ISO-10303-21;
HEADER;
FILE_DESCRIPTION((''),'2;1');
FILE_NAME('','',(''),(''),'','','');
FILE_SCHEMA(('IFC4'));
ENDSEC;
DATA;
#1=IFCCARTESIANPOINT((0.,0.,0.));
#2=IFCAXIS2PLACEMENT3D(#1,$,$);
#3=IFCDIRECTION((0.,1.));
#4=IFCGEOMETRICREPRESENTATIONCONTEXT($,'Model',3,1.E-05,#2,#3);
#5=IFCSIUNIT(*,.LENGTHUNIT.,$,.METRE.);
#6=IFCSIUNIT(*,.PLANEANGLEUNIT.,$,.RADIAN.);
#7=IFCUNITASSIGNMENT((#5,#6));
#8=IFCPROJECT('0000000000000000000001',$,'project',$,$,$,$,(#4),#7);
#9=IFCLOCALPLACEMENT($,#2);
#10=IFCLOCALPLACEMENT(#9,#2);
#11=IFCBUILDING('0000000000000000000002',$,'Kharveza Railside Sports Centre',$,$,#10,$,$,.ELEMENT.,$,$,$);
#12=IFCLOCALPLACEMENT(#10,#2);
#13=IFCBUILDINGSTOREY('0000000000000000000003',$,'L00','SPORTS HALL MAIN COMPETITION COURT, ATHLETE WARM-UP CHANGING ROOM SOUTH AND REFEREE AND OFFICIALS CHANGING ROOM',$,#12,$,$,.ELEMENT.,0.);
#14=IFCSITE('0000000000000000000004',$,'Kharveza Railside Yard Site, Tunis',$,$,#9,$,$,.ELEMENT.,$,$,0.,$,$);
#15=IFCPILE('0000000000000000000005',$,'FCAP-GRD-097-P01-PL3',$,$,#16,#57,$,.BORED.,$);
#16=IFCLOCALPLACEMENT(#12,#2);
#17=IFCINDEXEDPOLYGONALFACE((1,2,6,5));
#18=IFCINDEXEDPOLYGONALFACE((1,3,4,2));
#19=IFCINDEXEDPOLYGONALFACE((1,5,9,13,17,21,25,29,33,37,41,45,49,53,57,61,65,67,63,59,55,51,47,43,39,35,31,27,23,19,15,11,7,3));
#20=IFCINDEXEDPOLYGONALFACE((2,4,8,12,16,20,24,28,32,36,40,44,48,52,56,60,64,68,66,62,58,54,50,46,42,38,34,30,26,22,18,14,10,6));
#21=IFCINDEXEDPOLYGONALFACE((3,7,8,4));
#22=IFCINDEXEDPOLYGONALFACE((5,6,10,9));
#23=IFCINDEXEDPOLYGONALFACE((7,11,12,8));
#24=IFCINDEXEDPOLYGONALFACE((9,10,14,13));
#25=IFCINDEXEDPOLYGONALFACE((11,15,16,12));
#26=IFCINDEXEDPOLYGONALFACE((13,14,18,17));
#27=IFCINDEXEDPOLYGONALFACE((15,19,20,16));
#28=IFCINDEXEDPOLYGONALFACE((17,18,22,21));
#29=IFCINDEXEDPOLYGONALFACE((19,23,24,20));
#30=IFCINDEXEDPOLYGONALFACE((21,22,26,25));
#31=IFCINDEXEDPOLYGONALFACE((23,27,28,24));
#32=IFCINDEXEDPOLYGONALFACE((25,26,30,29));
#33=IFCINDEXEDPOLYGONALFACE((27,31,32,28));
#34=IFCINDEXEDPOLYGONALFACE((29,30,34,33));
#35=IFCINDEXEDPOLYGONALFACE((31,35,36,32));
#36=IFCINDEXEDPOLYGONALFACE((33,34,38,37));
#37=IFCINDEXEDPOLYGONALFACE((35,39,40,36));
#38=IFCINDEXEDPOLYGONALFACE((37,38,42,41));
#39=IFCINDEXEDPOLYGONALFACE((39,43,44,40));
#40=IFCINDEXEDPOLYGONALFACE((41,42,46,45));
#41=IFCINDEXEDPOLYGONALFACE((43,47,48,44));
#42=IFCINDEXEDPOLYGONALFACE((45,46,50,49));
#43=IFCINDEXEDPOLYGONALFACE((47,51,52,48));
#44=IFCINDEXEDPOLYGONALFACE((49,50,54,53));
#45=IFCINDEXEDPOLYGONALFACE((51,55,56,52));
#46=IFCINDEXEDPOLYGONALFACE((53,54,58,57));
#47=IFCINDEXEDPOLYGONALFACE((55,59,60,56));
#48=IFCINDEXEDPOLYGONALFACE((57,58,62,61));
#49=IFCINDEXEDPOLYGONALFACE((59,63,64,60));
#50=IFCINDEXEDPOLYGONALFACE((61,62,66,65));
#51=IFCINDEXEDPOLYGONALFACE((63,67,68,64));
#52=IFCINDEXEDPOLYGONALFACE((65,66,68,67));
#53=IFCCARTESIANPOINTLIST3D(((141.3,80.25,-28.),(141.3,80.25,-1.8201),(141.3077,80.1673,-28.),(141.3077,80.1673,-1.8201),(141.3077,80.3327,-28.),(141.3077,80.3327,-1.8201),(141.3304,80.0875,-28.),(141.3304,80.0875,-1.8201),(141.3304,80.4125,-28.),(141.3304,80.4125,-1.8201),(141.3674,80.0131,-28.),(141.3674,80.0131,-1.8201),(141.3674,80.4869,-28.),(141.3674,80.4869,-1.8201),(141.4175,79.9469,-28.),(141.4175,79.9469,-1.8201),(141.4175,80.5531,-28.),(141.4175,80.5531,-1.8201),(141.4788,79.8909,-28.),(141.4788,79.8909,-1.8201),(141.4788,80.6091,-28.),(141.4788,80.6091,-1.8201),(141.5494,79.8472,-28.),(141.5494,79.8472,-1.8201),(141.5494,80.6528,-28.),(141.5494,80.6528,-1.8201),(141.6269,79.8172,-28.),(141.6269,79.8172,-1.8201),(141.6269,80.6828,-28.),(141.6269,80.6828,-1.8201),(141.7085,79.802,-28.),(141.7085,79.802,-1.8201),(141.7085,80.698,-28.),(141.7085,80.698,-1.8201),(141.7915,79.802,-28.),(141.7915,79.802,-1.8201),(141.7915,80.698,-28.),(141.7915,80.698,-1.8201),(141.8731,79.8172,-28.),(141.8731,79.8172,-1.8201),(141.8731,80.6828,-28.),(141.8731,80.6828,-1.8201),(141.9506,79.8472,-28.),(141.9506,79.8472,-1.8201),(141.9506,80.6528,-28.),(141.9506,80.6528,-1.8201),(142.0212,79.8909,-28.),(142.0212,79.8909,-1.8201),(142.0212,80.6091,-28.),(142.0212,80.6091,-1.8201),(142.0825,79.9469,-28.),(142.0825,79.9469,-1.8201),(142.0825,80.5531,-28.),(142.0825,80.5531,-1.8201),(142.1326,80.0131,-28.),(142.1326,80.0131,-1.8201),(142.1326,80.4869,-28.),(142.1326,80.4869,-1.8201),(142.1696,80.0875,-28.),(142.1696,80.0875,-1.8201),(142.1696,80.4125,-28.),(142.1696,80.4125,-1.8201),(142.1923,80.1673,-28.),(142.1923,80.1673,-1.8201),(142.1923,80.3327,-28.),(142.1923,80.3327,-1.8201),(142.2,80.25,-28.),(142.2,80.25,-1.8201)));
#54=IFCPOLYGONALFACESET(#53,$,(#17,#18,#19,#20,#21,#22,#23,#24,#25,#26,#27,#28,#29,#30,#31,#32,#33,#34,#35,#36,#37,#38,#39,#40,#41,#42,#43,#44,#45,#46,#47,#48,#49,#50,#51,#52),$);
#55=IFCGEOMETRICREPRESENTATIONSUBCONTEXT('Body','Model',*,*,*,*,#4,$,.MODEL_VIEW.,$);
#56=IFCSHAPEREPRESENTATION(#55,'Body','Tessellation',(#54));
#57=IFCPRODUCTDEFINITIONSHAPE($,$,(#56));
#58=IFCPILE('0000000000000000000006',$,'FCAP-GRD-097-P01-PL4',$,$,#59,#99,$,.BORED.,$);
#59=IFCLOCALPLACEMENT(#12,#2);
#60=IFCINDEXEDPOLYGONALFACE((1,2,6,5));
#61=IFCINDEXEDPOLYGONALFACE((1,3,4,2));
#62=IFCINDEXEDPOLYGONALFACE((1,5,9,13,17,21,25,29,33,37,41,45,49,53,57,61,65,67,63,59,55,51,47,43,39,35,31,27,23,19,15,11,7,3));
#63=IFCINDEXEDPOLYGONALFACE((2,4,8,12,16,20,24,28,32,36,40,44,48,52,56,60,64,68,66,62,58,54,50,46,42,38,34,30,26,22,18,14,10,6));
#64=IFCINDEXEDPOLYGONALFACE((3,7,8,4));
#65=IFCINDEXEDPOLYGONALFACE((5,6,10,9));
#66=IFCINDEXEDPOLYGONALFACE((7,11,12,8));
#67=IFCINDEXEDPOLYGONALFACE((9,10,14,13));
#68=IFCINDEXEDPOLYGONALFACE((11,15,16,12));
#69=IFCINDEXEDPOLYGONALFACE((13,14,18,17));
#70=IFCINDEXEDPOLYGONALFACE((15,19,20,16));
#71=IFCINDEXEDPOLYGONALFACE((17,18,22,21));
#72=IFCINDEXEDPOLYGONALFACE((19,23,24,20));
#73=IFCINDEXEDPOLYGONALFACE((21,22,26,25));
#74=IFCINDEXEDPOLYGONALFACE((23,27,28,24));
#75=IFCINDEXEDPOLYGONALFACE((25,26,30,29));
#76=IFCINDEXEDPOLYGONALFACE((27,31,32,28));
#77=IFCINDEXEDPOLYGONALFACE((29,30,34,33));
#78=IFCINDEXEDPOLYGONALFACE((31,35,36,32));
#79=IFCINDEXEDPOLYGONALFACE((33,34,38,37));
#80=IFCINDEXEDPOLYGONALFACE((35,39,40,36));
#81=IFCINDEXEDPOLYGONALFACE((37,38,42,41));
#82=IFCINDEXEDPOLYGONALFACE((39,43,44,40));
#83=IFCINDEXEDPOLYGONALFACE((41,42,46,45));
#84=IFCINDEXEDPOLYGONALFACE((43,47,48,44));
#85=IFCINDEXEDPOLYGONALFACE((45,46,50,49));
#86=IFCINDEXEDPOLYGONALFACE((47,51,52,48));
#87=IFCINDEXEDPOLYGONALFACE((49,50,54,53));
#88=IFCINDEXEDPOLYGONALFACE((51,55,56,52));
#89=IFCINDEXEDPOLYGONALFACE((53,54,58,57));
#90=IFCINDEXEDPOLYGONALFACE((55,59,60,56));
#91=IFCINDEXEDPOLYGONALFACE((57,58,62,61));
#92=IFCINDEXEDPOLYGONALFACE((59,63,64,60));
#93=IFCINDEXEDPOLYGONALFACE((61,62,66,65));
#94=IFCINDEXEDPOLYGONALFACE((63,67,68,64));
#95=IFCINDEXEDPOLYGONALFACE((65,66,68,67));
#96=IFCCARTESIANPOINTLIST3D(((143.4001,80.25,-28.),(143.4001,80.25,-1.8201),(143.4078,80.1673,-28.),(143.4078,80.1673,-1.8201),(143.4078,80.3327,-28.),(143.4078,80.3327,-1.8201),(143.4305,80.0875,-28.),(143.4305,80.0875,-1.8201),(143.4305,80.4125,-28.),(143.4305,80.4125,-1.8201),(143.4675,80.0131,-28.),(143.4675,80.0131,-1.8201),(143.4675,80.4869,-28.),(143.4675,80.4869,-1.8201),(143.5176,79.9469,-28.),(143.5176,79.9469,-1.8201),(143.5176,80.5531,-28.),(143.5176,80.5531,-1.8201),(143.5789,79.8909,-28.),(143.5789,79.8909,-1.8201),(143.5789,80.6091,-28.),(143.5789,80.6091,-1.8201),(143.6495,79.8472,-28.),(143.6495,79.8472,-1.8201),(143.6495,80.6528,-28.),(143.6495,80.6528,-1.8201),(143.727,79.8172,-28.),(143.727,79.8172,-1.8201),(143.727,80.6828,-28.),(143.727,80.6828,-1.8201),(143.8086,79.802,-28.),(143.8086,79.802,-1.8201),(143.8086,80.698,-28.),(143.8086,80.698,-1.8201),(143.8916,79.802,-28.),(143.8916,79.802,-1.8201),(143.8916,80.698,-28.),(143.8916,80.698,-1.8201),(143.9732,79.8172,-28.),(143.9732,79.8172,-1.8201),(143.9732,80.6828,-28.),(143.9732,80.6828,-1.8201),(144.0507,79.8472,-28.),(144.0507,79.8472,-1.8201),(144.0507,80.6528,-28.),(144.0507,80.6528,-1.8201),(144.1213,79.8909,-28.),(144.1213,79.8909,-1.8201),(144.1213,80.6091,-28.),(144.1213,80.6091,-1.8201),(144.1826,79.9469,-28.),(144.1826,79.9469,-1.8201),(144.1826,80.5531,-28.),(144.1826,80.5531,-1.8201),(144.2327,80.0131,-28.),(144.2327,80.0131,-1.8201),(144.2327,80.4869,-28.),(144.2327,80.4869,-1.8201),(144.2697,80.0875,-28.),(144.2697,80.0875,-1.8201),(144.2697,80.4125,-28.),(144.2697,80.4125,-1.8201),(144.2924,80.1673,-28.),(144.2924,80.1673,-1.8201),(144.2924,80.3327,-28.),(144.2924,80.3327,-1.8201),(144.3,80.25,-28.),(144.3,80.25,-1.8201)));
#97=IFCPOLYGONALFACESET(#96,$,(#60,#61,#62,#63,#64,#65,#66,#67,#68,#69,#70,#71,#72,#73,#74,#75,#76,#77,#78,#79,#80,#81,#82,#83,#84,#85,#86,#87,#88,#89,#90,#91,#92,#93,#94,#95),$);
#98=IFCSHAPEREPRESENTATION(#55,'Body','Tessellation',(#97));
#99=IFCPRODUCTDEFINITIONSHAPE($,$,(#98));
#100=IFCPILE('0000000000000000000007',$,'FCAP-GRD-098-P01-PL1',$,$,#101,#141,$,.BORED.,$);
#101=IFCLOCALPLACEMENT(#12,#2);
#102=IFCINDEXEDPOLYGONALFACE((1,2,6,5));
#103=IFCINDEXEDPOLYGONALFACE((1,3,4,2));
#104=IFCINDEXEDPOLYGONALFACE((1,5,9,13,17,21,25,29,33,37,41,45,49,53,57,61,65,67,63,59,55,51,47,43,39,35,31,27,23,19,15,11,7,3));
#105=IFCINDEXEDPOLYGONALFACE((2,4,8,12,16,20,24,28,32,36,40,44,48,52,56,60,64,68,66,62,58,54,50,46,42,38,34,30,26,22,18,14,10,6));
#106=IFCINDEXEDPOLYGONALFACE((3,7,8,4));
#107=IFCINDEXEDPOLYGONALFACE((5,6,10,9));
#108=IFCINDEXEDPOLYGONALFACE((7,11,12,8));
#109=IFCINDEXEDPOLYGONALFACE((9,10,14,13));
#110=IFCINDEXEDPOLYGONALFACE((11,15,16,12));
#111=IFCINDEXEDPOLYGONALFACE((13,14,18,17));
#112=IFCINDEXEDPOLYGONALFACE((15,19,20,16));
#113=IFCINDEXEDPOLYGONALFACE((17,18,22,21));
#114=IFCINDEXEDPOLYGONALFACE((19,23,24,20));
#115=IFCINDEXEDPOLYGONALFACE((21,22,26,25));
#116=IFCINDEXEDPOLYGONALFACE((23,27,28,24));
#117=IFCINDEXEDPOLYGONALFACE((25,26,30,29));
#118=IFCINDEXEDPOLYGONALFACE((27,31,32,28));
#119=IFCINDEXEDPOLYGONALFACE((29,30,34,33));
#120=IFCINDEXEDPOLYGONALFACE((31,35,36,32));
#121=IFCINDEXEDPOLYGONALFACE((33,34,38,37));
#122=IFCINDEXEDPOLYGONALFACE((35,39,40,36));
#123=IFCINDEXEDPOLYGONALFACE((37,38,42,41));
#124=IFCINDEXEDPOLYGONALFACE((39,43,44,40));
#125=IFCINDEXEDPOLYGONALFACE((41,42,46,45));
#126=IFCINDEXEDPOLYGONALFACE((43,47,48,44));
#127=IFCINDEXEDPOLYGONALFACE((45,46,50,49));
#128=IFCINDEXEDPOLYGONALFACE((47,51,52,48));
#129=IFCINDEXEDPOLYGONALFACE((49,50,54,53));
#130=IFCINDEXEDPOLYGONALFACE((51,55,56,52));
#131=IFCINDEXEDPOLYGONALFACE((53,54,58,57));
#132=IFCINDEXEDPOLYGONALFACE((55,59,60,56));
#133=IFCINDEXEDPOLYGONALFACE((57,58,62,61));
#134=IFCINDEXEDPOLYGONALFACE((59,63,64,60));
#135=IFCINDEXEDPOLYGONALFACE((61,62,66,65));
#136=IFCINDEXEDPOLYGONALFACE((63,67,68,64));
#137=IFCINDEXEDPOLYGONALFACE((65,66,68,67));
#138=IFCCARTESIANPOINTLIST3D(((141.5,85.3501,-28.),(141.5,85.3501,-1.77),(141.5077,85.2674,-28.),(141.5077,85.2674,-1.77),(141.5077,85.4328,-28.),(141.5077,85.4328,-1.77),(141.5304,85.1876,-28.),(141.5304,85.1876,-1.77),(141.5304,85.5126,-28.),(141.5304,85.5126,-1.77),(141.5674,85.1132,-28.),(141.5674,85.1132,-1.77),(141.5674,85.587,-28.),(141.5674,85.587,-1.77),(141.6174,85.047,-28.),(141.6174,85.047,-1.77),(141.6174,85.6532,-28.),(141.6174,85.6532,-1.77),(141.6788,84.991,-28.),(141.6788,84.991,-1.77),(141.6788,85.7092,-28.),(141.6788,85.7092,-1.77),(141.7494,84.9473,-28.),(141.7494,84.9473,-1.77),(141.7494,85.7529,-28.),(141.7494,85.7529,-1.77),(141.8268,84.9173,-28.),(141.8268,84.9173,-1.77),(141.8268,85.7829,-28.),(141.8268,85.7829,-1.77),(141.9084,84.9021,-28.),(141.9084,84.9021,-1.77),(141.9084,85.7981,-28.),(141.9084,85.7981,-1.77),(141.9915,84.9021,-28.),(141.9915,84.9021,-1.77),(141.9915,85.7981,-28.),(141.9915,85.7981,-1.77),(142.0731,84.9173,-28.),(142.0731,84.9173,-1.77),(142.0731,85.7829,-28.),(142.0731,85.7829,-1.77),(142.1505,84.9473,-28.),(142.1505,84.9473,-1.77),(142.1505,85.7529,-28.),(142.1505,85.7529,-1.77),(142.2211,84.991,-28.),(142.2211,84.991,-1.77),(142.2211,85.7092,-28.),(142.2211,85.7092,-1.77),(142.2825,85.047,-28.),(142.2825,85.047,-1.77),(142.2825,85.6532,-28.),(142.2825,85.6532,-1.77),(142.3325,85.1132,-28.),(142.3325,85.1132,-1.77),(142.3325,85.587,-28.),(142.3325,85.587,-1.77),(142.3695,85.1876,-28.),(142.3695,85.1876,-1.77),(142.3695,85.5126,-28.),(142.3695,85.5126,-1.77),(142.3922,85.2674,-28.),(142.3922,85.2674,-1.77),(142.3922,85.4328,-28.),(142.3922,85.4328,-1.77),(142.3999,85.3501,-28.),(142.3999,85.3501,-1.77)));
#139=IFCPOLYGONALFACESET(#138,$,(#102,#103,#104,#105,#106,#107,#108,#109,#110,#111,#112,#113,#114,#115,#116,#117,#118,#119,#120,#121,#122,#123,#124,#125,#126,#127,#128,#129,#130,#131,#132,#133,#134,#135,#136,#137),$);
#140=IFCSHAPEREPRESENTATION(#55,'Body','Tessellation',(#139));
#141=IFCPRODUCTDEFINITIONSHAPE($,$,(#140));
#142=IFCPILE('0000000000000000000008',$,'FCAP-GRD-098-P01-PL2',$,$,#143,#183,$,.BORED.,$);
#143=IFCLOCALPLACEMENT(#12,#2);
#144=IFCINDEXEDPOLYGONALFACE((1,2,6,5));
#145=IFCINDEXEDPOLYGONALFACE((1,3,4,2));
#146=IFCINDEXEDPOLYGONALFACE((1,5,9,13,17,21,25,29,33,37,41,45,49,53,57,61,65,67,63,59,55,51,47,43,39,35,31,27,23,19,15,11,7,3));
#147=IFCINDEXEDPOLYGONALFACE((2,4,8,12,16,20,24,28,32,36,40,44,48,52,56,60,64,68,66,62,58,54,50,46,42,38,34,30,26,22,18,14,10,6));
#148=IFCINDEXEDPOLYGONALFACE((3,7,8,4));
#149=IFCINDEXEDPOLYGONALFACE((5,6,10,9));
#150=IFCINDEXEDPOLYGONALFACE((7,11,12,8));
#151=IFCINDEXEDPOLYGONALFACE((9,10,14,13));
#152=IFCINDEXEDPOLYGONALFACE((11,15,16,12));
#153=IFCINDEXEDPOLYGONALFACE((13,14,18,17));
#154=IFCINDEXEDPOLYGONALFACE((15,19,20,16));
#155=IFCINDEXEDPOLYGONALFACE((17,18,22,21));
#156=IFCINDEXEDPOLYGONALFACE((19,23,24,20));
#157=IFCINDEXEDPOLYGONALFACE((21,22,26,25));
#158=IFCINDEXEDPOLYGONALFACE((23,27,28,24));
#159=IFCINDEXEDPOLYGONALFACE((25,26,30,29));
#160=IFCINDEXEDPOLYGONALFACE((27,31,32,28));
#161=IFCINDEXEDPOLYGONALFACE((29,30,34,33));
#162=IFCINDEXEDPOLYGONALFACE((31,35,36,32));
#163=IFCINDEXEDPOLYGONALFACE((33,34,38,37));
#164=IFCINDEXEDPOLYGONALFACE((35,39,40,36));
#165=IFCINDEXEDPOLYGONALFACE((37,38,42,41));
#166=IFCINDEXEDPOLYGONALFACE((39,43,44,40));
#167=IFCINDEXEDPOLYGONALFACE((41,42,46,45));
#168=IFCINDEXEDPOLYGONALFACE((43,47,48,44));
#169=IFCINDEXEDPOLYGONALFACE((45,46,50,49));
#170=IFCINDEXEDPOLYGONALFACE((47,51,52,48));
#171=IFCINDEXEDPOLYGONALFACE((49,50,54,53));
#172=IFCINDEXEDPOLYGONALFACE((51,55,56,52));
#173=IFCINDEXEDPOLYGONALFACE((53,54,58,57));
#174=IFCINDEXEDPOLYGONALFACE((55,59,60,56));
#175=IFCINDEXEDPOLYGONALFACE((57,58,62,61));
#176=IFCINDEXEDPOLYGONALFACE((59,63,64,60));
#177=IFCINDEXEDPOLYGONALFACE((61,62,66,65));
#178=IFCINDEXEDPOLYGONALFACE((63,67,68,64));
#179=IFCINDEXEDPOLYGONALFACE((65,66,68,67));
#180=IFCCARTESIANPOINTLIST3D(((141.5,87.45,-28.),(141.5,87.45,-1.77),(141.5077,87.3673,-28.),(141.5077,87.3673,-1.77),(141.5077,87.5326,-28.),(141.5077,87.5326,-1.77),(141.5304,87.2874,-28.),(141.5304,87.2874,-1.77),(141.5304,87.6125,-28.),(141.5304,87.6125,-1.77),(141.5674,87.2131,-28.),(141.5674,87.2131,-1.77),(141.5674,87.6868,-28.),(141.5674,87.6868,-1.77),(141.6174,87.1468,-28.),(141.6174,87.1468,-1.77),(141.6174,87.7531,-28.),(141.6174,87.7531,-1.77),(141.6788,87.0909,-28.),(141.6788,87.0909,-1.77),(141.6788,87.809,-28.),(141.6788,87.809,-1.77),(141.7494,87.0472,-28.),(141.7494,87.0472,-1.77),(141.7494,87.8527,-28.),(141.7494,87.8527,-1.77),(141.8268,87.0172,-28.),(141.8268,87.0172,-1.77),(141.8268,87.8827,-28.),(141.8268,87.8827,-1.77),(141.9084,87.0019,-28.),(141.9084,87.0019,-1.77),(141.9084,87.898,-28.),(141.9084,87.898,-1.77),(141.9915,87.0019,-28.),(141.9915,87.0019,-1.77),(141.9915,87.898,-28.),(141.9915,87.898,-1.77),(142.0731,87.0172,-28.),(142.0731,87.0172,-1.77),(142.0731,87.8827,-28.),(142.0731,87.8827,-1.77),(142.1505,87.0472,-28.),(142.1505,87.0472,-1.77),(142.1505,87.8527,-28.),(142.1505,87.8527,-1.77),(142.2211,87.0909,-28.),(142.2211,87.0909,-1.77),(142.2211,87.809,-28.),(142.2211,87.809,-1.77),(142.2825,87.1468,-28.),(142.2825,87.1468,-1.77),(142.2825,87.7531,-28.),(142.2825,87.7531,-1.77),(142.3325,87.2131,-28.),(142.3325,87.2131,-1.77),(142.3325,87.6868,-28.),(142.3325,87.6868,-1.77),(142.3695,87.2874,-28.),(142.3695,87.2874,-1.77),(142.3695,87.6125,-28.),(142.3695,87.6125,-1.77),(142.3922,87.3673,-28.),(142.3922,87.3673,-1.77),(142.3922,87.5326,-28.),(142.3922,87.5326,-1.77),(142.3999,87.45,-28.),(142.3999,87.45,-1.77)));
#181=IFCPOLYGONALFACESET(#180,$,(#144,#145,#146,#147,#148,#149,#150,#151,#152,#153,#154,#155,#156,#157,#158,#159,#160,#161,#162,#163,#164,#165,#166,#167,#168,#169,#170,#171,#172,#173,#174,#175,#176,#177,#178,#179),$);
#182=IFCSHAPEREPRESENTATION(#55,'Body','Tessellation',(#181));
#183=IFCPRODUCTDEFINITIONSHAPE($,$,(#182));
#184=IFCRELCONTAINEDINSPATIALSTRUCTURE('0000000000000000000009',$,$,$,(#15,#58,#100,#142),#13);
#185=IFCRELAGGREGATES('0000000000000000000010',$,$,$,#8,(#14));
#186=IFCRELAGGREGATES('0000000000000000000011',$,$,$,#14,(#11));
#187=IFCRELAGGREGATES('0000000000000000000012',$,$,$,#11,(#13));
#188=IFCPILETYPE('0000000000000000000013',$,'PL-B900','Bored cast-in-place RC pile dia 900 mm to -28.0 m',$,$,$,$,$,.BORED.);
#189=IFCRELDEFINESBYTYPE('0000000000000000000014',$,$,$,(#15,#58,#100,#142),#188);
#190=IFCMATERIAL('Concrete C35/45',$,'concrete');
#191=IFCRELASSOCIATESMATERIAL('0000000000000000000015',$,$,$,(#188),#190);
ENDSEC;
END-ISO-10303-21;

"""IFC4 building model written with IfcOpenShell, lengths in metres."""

from ifc_helpers import new_model, si_unit, direction, frame, origin, origin_2d, place, context, subcontext, project, spatial, circle, extrude, material, material_profile, profile_set, type_object, element, save


model = new_model("IFC4")

# Units and contexts
model_context = context("Model", 3, precision=1e-05, world=origin(), true_north=direction((0.0, 1.0)))
body_context = subcontext(model_context, "Body", "Model", "MODEL_VIEW")
ifc_project = project(units=[si_unit("LENGTHUNIT", "METRE"), si_unit("PLANEANGLEUNIT", "RADIAN")], contexts=[model_context])

# Site, building, storey
site_placement = place(None, origin())
site = spatial("IfcSite", under=ifc_project, at=site_placement, Name="Kharveza Railside Yard Site, Tunis", CompositionType="ELEMENT", RefElevation=0.0)
building_placement = place(site_placement, origin())
building = spatial("IfcBuilding", under=site, at=building_placement, Name="Kharveza Railside Sports Centre", CompositionType="ELEMENT")
storey_placement = place(building_placement, origin())
storey = spatial("IfcBuildingStorey", under=building, at=storey_placement, Name="L00", Description="SPORTS HALL MAIN COMPETITION COURT, ATHLETE WARM-UP CHANGING ROOM SOUTH AND REFEREE AND OFFICIALS CHANGING ROOM", CompositionType="ELEMENT", Elevation=0.0)

# Shared definitions
ifc_material_1 = material(Name="Concrete C35/45", Category="concrete")

# Piles
ifc_material_profile_1 = material_profile(ifc_material_1, circle(Radius=0.45, at=origin_2d()), Name="PILE D900")
ifc_profile_set_1 = profile_set([ifc_material_profile_1], Name="Concrete C35/45")
pile_type_1 = type_object("IfcPileType", Name="PL-B900", Description="Bored cast-in-place RC pile dia 900 mm to -28.0 m", PredefinedType="BORED", material=ifc_profile_set_1)
for number, where, z_axis, x_axis, name in (
    (1, (141.75, 80.25, -1.8201), (0.0, 0.0, -1.0), (1.0, 0.0, 0.0), "FCAP-GRD-097-P01-PL3"),
    (2, (143.8501, 80.25, -1.8201), (0.0, 0.0, -1.0), (1.0, 0.0, 0.0), "FCAP-GRD-097-P01-PL4"),
):
    element("IfcPile", number, at=place(storey_placement, frame(where, z_axis=z_axis, x_axis=x_axis)), inside=storey, type_object=pile_type_1, Name=name, PredefinedType="BORED", context=body_context, shape_type="SweptSolid", body=[
        extrude(circle(Radius=0.45, at=origin_2d()), origin(), (0.0, 0.0, 1.0), 26.1799),
    ])
for number, where, z_axis, x_axis, name in (
    (3, (141.95, 85.3501, -1.77), (0.0, 0.0, -1.0), (1.0, 0.0, 0.0), "FCAP-GRD-098-P01-PL1"),
    (4, (141.95, 87.45, -1.77), (0.0, 0.0, -1.0), (1.0, 0.0, 0.0), "FCAP-GRD-098-P01-PL2"),
):
    element("IfcPile", number, at=place(storey_placement, frame(where, z_axis=z_axis, x_axis=x_axis)), inside=storey, type_object=pile_type_1, Name=name, PredefinedType="BORED", context=body_context, shape_type="SweptSolid", body=[
        extrude(circle(Radius=0.45, at=origin_2d()), origin(), (0.0, 0.0, 1.0), 26.23),
    ])

save(model, "model.ifc")
